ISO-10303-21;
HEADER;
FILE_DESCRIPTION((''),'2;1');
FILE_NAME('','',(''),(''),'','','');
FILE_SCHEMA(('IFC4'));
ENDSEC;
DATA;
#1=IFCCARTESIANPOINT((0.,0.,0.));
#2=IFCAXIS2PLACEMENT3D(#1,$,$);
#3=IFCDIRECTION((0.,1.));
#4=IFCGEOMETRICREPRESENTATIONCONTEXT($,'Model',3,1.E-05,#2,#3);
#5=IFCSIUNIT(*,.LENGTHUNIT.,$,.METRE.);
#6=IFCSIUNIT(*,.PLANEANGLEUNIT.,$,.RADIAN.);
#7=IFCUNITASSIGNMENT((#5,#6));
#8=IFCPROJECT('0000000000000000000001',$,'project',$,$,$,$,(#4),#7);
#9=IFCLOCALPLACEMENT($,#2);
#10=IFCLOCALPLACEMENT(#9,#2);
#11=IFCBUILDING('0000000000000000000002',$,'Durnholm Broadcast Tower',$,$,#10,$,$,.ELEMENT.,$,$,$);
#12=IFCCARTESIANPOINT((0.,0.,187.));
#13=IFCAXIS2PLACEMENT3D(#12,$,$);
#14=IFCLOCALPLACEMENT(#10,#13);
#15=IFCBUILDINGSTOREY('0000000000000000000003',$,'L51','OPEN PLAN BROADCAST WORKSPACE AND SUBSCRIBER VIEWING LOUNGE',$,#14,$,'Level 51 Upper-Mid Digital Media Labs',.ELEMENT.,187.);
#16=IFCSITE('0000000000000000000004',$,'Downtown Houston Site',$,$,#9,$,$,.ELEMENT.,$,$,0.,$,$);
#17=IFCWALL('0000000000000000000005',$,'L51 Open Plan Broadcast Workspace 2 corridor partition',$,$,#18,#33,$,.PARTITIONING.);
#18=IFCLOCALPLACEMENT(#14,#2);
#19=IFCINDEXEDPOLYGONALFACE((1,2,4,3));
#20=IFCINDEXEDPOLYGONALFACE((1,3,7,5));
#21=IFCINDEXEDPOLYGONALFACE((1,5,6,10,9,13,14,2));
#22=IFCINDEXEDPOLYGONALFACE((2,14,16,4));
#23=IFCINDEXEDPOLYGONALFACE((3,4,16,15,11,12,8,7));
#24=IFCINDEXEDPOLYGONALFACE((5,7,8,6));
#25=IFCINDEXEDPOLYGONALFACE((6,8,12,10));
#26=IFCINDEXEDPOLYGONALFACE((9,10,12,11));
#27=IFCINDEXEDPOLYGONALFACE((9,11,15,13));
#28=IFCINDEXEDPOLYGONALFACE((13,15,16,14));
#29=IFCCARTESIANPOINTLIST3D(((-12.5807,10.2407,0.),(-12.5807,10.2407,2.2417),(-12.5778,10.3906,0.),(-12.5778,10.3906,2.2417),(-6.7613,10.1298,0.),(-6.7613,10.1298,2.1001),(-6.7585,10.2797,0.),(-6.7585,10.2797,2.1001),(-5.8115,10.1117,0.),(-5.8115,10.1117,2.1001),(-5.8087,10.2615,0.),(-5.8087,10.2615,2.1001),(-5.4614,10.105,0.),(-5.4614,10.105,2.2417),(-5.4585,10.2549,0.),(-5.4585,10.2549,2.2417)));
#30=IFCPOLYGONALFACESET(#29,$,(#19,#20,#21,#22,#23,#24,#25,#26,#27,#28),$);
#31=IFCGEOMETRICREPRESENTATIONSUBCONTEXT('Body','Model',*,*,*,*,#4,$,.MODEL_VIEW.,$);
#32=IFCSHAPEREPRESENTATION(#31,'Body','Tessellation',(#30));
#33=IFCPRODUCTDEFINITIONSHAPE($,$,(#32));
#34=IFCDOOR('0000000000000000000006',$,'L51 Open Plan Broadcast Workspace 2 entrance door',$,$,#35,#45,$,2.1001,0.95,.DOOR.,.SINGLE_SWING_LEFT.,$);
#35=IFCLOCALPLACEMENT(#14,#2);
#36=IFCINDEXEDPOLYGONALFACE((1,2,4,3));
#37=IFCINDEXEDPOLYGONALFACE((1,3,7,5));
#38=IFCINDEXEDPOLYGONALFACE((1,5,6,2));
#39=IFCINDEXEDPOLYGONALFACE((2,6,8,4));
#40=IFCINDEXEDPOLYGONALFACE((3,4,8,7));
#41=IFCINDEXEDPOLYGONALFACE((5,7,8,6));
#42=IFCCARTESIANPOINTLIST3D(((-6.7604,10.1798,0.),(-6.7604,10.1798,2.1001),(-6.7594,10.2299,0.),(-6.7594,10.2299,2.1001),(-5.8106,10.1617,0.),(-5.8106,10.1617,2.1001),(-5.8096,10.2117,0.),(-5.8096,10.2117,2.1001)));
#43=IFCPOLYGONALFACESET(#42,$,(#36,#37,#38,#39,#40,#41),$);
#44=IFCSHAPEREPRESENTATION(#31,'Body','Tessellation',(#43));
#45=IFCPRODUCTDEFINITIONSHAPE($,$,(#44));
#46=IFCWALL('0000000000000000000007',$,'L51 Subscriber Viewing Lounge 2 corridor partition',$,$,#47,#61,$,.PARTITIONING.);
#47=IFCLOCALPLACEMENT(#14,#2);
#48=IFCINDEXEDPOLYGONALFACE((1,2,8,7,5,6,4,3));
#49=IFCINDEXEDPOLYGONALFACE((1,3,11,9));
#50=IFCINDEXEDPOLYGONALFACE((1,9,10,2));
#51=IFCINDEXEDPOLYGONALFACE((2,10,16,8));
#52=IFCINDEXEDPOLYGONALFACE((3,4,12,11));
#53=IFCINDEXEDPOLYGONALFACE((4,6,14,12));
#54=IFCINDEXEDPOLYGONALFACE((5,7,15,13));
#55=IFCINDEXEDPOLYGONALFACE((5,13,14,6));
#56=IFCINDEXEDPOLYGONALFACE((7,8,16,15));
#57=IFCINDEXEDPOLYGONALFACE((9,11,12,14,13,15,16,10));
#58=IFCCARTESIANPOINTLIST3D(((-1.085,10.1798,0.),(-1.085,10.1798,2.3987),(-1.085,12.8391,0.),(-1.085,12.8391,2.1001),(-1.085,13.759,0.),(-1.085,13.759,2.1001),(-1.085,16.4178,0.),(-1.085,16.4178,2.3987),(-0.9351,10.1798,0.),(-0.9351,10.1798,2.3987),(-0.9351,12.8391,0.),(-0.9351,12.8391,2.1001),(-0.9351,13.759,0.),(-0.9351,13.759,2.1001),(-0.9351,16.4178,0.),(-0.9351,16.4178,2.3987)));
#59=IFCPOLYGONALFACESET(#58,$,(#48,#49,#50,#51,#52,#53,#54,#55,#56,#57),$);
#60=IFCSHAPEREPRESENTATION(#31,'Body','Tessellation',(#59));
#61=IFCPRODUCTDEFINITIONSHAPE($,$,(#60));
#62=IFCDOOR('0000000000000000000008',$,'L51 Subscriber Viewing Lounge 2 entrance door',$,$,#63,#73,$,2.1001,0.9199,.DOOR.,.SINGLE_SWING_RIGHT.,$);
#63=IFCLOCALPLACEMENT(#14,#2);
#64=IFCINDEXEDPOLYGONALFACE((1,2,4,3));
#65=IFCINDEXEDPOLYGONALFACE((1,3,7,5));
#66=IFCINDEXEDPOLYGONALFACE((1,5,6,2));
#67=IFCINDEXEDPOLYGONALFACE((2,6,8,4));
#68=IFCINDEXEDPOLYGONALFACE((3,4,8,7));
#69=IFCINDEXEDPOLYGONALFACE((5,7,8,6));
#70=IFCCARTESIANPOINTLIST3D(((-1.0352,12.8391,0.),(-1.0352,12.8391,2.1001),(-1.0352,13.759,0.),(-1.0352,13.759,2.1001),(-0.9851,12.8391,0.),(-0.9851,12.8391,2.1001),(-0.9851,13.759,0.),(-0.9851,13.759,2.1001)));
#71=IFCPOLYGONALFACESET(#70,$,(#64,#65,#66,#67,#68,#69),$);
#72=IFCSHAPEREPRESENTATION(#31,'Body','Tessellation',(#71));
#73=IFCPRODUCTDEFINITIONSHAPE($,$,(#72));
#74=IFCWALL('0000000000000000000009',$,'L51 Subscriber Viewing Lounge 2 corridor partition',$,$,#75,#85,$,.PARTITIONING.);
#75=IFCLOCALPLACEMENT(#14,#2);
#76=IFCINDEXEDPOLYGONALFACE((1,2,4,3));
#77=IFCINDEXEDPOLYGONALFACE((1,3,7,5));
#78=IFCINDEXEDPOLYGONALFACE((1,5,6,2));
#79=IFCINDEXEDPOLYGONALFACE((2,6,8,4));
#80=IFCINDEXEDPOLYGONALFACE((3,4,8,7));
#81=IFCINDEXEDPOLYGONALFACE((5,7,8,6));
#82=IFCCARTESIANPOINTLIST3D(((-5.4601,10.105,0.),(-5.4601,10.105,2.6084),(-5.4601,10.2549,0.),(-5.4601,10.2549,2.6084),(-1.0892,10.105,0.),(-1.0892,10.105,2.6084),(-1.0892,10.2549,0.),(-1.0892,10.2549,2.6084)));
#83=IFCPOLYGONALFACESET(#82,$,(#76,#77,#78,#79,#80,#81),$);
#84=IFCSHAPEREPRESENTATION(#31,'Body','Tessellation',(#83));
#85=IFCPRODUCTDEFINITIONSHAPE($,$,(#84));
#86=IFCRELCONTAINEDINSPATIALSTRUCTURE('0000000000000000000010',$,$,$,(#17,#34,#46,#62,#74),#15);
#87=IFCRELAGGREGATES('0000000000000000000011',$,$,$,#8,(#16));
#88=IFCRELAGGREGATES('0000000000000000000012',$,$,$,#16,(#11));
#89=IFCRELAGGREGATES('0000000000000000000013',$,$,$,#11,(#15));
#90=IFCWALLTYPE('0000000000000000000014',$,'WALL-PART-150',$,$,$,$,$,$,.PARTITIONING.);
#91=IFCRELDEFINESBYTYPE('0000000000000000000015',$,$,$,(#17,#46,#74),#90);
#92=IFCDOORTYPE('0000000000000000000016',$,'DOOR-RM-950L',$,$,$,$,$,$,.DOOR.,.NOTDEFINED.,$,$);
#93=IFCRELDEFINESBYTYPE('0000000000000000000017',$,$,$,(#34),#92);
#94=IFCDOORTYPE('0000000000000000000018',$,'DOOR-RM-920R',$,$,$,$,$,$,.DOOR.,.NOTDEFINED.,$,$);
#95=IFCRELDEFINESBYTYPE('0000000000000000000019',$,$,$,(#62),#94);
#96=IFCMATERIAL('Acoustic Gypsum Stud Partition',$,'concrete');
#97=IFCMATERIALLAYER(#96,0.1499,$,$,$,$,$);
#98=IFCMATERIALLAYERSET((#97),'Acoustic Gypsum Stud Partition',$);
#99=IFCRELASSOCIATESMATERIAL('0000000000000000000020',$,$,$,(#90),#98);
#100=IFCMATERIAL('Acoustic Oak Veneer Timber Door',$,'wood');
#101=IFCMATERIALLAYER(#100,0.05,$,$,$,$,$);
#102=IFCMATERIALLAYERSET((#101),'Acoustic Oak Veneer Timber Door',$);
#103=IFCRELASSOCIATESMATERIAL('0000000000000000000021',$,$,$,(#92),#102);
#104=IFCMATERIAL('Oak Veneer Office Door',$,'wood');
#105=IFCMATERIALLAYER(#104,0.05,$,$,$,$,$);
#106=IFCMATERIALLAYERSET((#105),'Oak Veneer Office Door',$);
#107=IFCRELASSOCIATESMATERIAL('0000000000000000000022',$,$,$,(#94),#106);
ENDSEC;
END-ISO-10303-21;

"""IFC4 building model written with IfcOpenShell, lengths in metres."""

from ifc_helpers import new_model, si_unit, direction, frame, frame_2d, origin, place, context, subcontext, project, spatial, rectangle, extrude, source, transform, mapped, material, layer, layer_set, type_object, type_shapes, element, fill, save


model = new_model("IFC4")

# Units and contexts
model_context = context("Model", 3, precision=1e-05, world=origin(), true_north=direction((0.0, 1.0)))
body_context = subcontext(model_context, "Body", "Model", "MODEL_VIEW")
ifc_project = project(units=[si_unit("LENGTHUNIT", "METRE"), si_unit("PLANEANGLEUNIT", "RADIAN")], contexts=[model_context])

# Site, building, storey
site_placement = place(None, origin())
site = spatial("IfcSite", under=ifc_project, at=site_placement, Name="Downtown Houston Site", CompositionType="ELEMENT", RefElevation=0.0)
building_placement = place(site_placement, origin())
building = spatial("IfcBuilding", under=site, at=building_placement, Name="Durnholm Broadcast Tower", CompositionType="ELEMENT")
storey_placement = place(building_placement, frame((0.0, 0.0, 187.0)))
storey = spatial("IfcBuildingStorey", under=building, at=storey_placement, Name="L51", Description="OPEN PLAN BROADCAST WORKSPACE AND SUBSCRIBER VIEWING LOUNGE", LongName="Level 51 Upper-Mid Digital Media Labs", CompositionType="ELEMENT", Elevation=187.0)

# Walls, openings, doors
ifc_material_1 = material(Name="Acoustic Gypsum Stud Partition", Category="concrete")
ifc_layer_1 = layer(ifc_material_1, 0.1499)
ifc_layer_set_1 = layer_set([ifc_layer_1], Name="Acoustic Gypsum Stud Partition")
wall_type_1 = type_object("IfcWallType", Name="WALL-PART-150", PredefinedType="PARTITIONING", material=ifc_layer_set_1)
wall_1_placement = place(storey_placement, frame((-5.46, 10.1799, 0.0), z_axis=(0.0, 0.0, 1.0), x_axis=(-0.999818, 0.019063, 0.0)))
wall_1 = element("IfcWall", 1, at=wall_1_placement, inside=storey, type_object=wall_type_1, Name="L51 Open Plan Broadcast Workspace 2 corridor partition", PredefinedType="PARTITIONING", context=body_context, shape_type="SweptSolid", body=[
    extrude(rectangle(XDim=7.1206, YDim=0.1499, at=frame_2d((3.5603, 0.0))), origin(), (0.0, 0.0, 1.0), 2.2417),
])
opening_1_placement = place(wall_1_placement, frame((0.3501, 0.0, 0.0)))
opening_1 = element("IfcOpeningElement", 2, at=opening_1_placement, cuts=wall_1, PredefinedType="OPENING", context=body_context, shape_type="SweptSolid", body=[
    extrude(rectangle(XDim=0.95, YDim=2.1001, at=frame_2d((0.4751, 1.05))), frame((0.0, 0.085, 0.0), z_axis=(0.0, -1.0, 0.0), x_axis=(1.0, 0.0, 0.0)), (0.0, 0.0, 1.0), 0.1699),
])
ifc_material_2 = material(Name="Acoustic Oak Veneer Timber Door", Category="wood")
ifc_layer_2 = layer(ifc_material_2, 0.05)
ifc_layer_set_2 = layer_set([ifc_layer_2], Name="Acoustic Oak Veneer Timber Door")
door_type_1 = type_object("IfcDoorType", Name="DOOR-RM-950L", OperationType="NOTDEFINED", PredefinedType="DOOR", material=ifc_layer_set_2)
shared_shape_1 = source(origin(), body_context, "Body", "SweptSolid", [
    extrude(rectangle(XDim=0.95, YDim=2.1001, at=frame_2d((0.4751, 1.05))), frame((0.0, 0.0249, 0.0), z_axis=(0.0, -1.0, 0.0), x_axis=(1.0, 0.0, 0.0)), (0.0, 0.0, 1.0), 0.05),
])
type_shapes(door_type_1, [shared_shape_1])
door_1_placement = place(opening_1_placement, origin())
door_1 = element("IfcDoor", 3, at=door_1_placement, inside=storey, type_object=door_type_1, Name="L51 Open Plan Broadcast Workspace 2 entrance door", OperationType="SINGLE_SWING_LEFT", OverallHeight=2.1001, OverallWidth=0.95, PredefinedType="DOOR", context=body_context, shape_type="MappedRepresentation", body=[
    mapped(shared_shape_1, transform((0.0, 0.0, 0.0), x_axis=(1.0, 0.0, 0.0), y_axis=(0.0, 1.0, 0.0), z_axis=(0.0, 0.0, 1.0), scale=1.0)),
])
fill(opening_1, door_1)
wall_2_placement = place(storey_placement, frame((-1.01, 16.418, 0.0), z_axis=(0.0, 0.0, 1.0), x_axis=(0.0, -1.0, 0.0)))
wall_2 = element("IfcWall", 4, at=wall_2_placement, inside=storey, type_object=wall_type_1, Name="L51 Subscriber Viewing Lounge 2 corridor partition", PredefinedType="PARTITIONING", context=body_context, shape_type="SweptSolid", body=[
    extrude(rectangle(XDim=6.238, YDim=0.1499, at=frame_2d((3.1191, 0.0))), origin(), (0.0, 0.0, 1.0), 2.3987),
])
opening_2_placement = place(wall_2_placement, frame((2.6589, 0.0, 0.0)))
opening_2 = element("IfcOpeningElement", 5, at=opening_2_placement, cuts=wall_2, PredefinedType="OPENING", context=body_context, shape_type="SweptSolid", body=[
    extrude(rectangle(XDim=0.9199, YDim=2.1001, at=frame_2d((0.46, 1.05))), frame((0.0, 0.085, 0.0), z_axis=(0.0, -1.0, 0.0), x_axis=(1.0, 0.0, 0.0)), (0.0, 0.0, 1.0), 0.1699),
])
ifc_material_3 = material(Name="Oak Veneer Office Door", Category="wood")
ifc_layer_3 = layer(ifc_material_3, 0.05)
ifc_layer_set_3 = layer_set([ifc_layer_3], Name="Oak Veneer Office Door")
door_type_2 = type_object("IfcDoorType", Name="DOOR-RM-920R", OperationType="NOTDEFINED", PredefinedType="DOOR", material=ifc_layer_set_3)
shared_shape_2 = source(origin(), body_context, "Body", "SweptSolid", [
    extrude(rectangle(XDim=0.9199, YDim=2.1001, at=frame_2d((0.46, 1.05))), frame((0.0, 0.0249, 0.0), z_axis=(0.0, -1.0, 0.0), x_axis=(1.0, 0.0, 0.0)), (0.0, 0.0, 1.0), 0.05),
])
type_shapes(door_type_2, [shared_shape_2])
door_2_placement = place(opening_2_placement, origin())
door_2 = element("IfcDoor", 6, at=door_2_placement, inside=storey, type_object=door_type_2, Name="L51 Subscriber Viewing Lounge 2 entrance door", OperationType="SINGLE_SWING_RIGHT", OverallHeight=2.1001, OverallWidth=0.9199, PredefinedType="DOOR", context=body_context, shape_type="MappedRepresentation", body=[
    mapped(shared_shape_2, transform((0.0, 0.0, 0.0), x_axis=(1.0, 0.0, 0.0), y_axis=(0.0, 1.0, 0.0), z_axis=(0.0, 0.0, 1.0), scale=1.0)),
])
fill(opening_2, door_2)

# Wall
wall_3_placement = place(storey_placement, frame((-1.0891, 10.1799, 0.0), z_axis=(0.0, 0.0, 1.0), x_axis=(-1.0, 0.0, 0.0)))
element("IfcWall", 7, at=wall_3_placement, inside=storey, type_object=wall_type_1, Name="L51 Subscriber Viewing Lounge 2 corridor partition", PredefinedType="PARTITIONING", context=body_context, shape_type="SweptSolid", body=[
    extrude(rectangle(XDim=4.3708, YDim=0.1499, at=frame_2d((2.1855, 0.0))), origin(), (0.0, 0.0, 1.0), 2.6084),
])

save(model, "model.ifc")
